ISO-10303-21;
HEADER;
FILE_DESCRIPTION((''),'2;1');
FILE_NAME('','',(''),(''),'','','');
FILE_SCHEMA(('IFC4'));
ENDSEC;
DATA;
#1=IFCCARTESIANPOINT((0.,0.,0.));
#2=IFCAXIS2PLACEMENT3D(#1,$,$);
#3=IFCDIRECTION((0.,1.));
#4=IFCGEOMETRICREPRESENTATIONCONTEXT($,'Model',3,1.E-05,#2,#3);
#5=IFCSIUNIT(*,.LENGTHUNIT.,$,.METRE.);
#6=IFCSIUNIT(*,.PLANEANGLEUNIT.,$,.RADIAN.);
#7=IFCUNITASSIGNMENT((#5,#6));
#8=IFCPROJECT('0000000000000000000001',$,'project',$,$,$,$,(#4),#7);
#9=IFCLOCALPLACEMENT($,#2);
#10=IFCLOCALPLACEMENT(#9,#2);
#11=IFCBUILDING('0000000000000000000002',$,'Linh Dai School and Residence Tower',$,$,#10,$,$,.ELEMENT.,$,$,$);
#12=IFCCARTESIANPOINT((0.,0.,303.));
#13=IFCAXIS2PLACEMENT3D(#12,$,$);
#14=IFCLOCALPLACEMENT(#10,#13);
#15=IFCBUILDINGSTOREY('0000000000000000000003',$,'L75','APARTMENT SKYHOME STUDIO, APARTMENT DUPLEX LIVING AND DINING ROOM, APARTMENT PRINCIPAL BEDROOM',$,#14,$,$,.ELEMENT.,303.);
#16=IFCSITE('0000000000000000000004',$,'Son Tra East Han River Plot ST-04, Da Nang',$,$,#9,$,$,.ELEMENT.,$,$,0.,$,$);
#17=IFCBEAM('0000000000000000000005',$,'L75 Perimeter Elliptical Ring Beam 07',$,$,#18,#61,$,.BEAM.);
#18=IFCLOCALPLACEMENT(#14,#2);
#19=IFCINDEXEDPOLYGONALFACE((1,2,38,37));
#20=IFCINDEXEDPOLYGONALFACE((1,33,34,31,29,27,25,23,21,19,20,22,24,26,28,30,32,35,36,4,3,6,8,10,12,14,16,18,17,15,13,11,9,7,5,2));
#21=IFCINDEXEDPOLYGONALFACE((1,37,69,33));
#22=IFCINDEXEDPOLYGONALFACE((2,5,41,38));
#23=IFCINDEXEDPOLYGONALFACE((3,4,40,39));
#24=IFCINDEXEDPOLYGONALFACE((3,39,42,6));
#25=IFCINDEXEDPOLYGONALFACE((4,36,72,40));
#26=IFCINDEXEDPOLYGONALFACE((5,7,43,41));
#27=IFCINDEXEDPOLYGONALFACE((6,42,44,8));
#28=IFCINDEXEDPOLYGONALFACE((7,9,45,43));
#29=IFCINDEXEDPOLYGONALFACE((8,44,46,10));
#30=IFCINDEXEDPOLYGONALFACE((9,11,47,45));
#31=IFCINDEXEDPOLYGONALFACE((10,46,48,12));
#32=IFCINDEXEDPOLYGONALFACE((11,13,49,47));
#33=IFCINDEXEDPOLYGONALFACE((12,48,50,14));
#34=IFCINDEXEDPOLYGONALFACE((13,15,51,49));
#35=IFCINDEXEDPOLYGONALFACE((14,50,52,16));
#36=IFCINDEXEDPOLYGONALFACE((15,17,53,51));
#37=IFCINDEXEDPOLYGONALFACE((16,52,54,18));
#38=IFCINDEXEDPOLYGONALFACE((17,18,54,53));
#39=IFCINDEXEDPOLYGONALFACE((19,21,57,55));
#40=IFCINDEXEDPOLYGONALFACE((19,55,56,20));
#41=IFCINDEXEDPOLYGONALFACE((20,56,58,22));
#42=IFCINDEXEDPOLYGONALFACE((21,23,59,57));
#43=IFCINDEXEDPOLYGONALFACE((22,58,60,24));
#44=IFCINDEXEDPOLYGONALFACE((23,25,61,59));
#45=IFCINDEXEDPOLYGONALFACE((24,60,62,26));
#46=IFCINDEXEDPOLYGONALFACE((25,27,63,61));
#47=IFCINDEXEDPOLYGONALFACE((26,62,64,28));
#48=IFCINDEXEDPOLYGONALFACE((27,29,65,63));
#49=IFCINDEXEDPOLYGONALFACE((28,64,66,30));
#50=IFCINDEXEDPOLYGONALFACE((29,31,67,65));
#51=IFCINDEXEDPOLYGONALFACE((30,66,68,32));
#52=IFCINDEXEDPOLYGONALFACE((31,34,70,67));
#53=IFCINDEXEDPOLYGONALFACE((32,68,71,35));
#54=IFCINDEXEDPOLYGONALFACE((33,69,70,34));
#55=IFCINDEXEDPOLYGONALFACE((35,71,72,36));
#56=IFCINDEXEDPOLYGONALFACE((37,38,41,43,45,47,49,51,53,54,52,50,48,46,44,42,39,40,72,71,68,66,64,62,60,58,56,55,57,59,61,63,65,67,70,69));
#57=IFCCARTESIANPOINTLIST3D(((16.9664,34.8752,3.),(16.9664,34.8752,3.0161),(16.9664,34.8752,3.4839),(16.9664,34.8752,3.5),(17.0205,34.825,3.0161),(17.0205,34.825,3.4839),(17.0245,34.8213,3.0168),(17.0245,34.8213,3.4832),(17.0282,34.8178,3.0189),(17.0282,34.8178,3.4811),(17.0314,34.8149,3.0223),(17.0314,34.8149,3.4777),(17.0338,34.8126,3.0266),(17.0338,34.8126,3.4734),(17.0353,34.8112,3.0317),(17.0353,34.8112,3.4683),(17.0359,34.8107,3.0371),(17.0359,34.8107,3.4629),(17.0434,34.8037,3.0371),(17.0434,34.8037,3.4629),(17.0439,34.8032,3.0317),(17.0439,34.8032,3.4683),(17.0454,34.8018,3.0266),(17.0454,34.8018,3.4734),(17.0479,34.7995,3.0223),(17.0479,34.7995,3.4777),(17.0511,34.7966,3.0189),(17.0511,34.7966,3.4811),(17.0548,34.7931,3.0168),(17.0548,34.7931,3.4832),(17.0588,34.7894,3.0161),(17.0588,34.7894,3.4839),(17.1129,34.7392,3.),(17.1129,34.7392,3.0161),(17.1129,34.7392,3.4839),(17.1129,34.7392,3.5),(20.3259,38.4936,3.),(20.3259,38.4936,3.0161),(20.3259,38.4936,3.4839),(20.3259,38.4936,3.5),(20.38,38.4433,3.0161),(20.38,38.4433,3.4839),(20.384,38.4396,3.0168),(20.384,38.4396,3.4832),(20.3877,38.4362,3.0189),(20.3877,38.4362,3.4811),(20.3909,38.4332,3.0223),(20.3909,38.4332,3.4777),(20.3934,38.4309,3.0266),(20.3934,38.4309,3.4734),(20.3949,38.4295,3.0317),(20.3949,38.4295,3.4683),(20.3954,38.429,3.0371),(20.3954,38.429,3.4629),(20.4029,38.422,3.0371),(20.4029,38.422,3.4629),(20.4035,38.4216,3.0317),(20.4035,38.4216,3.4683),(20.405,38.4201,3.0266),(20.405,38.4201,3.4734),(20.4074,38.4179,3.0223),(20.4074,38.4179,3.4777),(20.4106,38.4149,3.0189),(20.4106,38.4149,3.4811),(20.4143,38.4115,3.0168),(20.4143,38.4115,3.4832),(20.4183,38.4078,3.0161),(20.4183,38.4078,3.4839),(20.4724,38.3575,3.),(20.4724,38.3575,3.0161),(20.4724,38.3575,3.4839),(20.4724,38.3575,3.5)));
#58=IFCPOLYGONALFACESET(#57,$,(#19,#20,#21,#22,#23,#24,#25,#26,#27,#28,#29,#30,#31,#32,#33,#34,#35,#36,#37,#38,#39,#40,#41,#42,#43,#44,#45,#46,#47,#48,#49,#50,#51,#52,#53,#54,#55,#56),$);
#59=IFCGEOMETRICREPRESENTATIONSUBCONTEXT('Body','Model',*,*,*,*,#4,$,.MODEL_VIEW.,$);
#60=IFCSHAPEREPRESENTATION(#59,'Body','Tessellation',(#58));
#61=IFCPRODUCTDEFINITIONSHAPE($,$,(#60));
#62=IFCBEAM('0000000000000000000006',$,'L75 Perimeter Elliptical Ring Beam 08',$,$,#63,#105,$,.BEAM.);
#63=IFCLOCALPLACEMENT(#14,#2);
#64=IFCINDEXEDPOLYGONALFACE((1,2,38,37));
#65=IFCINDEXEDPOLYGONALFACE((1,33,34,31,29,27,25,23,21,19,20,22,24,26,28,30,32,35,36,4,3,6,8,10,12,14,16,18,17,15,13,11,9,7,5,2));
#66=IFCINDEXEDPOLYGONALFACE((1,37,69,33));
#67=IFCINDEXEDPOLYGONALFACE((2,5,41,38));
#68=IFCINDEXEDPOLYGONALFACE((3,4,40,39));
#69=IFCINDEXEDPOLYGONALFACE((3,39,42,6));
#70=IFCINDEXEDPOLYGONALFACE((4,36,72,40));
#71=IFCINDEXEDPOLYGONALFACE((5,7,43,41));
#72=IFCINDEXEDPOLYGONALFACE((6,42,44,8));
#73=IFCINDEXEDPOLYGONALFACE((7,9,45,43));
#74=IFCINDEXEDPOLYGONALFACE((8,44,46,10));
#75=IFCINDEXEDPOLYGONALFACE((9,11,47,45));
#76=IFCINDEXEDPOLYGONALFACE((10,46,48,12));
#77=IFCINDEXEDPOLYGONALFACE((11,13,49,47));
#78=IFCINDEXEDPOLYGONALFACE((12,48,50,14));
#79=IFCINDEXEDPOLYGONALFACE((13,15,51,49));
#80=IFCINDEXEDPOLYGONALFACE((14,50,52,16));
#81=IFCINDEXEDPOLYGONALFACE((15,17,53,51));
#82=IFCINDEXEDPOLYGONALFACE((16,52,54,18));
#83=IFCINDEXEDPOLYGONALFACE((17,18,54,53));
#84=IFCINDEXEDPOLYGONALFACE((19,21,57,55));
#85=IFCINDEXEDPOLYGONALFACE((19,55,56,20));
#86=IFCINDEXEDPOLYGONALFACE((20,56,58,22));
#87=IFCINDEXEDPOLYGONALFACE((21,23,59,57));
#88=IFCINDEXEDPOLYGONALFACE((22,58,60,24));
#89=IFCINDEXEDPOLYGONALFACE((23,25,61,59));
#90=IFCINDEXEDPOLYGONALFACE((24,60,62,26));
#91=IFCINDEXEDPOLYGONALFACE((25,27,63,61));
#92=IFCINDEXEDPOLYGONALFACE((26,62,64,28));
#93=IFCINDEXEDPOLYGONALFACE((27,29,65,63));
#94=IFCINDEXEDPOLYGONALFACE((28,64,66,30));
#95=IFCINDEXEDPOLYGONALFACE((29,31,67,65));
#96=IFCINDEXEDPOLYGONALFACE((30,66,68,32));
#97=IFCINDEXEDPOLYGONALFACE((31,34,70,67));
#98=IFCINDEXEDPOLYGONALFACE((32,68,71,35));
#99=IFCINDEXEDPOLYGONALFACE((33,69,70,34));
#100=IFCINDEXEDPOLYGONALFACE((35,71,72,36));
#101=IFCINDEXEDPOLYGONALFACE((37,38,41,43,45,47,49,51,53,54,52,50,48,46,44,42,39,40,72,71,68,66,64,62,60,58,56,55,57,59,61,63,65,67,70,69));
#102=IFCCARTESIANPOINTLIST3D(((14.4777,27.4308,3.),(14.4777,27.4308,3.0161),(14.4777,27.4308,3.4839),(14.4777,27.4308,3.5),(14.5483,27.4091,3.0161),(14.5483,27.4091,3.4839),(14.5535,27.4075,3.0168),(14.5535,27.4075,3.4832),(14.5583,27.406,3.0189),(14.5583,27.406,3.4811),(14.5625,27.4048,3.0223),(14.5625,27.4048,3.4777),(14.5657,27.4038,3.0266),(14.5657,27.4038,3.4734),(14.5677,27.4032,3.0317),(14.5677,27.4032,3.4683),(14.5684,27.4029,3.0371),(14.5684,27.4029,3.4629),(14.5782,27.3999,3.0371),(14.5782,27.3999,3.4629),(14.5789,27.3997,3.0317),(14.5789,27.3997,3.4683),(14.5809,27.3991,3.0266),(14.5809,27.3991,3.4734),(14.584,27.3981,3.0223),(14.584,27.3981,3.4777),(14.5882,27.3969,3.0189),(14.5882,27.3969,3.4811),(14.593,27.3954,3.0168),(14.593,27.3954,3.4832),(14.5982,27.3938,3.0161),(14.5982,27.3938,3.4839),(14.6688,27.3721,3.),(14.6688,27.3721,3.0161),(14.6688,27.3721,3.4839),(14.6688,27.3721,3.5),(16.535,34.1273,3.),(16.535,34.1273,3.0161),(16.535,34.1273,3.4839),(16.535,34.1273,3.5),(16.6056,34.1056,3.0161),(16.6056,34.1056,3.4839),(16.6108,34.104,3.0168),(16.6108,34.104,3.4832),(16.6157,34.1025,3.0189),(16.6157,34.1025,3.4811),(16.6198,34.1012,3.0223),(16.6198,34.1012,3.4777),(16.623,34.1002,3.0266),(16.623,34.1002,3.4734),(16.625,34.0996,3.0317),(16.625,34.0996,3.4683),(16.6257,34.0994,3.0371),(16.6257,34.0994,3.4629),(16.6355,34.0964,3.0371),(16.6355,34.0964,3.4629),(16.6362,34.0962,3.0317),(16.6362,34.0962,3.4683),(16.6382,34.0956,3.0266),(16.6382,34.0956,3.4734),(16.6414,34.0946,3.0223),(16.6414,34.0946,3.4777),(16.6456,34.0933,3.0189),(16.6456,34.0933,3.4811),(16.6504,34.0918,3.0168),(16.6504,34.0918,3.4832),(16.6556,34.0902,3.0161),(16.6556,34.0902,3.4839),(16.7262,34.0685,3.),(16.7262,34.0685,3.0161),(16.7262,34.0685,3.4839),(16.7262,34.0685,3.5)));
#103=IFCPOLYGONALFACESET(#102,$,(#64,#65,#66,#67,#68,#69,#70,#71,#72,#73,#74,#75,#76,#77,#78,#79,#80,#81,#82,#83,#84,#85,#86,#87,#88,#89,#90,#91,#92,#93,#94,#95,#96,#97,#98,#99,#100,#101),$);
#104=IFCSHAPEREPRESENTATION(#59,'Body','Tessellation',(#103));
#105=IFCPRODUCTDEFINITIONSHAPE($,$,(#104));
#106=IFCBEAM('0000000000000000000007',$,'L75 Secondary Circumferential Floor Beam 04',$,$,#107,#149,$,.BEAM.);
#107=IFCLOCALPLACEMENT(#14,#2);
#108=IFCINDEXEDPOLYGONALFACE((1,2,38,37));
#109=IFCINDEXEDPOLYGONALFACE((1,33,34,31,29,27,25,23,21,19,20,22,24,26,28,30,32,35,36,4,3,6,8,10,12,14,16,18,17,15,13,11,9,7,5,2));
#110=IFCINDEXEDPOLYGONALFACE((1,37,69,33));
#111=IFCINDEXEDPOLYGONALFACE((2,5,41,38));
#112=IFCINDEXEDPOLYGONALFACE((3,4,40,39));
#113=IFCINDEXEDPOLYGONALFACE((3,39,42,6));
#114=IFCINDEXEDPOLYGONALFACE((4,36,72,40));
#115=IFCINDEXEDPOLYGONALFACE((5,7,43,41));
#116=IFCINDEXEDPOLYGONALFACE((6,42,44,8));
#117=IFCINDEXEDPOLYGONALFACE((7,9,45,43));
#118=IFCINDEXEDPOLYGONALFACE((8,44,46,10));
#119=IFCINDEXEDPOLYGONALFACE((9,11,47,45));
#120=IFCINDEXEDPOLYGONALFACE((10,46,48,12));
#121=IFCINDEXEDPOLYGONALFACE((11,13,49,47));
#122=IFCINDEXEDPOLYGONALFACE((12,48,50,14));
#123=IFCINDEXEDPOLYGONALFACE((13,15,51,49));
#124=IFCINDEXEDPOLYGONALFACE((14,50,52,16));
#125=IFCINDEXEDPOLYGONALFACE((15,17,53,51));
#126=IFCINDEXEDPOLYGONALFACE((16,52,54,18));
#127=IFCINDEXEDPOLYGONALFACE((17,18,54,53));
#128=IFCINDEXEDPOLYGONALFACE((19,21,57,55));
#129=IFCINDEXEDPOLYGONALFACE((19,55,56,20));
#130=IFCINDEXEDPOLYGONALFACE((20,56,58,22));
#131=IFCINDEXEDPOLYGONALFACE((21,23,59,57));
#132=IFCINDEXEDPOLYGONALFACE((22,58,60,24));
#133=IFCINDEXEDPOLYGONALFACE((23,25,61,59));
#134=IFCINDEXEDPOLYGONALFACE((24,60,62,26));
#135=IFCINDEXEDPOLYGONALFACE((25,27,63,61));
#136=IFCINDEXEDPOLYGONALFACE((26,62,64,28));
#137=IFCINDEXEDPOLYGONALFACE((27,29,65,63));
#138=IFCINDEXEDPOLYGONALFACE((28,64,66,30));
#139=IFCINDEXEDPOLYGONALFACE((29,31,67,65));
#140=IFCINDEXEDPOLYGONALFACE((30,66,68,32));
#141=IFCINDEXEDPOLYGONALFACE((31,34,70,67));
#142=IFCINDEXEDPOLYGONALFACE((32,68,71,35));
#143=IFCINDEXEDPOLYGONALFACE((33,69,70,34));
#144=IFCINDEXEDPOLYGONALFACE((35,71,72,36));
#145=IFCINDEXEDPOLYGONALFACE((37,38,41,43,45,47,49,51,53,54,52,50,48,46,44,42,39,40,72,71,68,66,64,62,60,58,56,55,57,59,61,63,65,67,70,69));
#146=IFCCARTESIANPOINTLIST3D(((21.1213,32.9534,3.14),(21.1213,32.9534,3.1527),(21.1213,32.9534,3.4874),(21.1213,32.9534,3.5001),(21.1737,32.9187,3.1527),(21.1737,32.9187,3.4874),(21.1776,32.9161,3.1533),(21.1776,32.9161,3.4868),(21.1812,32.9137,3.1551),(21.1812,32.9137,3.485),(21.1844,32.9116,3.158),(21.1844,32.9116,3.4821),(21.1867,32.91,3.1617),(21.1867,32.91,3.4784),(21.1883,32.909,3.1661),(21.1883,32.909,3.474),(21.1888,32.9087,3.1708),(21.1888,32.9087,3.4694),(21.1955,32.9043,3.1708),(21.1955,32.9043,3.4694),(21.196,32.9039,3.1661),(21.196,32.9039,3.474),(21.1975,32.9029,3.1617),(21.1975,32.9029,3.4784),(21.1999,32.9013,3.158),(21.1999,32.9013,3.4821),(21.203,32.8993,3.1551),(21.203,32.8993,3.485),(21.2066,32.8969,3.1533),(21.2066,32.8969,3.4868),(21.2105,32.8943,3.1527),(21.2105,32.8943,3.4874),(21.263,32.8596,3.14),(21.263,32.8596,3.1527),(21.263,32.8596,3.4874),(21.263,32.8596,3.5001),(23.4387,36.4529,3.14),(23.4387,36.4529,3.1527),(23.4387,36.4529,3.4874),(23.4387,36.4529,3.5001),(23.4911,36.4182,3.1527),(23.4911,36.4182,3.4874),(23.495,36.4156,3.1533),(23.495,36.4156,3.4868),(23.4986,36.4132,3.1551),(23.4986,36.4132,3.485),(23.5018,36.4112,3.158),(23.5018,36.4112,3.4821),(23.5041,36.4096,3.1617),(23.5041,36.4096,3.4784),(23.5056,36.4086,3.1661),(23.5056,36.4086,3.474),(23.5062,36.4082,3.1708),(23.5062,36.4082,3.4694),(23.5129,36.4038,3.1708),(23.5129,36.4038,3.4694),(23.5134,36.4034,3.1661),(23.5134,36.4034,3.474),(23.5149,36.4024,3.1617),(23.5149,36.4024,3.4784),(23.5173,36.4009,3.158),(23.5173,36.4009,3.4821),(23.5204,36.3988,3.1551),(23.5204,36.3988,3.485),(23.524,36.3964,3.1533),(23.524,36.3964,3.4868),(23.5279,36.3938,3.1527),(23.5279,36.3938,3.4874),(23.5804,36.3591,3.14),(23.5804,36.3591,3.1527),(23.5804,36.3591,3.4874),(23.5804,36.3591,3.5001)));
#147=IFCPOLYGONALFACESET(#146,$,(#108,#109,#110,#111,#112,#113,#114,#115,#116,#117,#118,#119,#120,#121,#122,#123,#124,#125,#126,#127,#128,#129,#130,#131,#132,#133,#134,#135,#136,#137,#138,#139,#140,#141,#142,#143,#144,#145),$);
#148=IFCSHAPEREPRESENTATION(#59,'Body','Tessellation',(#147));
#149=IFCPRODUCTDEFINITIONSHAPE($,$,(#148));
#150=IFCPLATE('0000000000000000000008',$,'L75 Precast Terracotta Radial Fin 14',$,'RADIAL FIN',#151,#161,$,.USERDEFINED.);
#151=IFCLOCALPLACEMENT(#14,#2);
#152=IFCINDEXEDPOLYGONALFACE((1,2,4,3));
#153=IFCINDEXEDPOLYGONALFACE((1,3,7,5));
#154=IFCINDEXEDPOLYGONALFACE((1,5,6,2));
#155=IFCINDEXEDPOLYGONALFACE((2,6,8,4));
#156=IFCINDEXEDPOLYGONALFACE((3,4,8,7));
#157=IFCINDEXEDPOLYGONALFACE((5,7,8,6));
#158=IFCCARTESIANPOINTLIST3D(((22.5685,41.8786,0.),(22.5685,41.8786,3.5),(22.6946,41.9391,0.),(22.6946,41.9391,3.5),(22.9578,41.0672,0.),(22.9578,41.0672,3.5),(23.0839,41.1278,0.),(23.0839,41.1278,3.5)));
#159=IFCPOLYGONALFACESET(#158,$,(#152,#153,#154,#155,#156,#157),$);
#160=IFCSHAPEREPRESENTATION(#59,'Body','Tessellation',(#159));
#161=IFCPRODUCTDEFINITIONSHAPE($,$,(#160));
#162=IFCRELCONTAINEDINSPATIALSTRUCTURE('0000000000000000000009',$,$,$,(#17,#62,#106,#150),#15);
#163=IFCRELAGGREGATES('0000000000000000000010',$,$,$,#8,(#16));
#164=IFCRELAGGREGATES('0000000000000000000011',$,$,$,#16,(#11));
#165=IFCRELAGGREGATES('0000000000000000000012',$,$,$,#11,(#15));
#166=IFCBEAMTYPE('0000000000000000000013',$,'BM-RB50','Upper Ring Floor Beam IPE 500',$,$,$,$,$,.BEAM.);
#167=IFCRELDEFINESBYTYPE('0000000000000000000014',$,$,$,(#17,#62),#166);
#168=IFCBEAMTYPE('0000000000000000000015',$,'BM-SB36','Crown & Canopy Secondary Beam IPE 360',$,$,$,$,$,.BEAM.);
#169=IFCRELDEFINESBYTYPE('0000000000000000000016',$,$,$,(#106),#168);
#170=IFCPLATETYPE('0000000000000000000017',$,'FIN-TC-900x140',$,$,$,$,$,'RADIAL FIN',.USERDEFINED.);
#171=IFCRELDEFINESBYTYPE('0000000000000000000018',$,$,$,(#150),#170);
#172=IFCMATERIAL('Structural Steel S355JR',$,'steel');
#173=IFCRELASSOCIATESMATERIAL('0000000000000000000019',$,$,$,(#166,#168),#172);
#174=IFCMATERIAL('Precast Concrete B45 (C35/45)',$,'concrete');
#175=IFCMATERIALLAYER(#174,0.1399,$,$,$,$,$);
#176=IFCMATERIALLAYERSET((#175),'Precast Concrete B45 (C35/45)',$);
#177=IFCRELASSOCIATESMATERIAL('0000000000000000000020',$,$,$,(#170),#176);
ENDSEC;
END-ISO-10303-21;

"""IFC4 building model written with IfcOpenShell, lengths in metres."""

from ifc_helpers import new_model, si_unit, direction, frame, origin, origin_2d, place, context, subcontext, project, spatial, rectangle, i_section, extrude, source, transform, mapped, material, layer, layer_set, material_profile, profile_set, type_object, element, save


model = new_model("IFC4")

# Units and contexts
model_context = context("Model", 3, precision=1e-05, world=origin(), true_north=direction((0.0, 1.0)))
body_context = subcontext(model_context, "Body", "Model", "MODEL_VIEW")
ifc_project = project(units=[si_unit("LENGTHUNIT", "METRE"), si_unit("PLANEANGLEUNIT", "RADIAN")], contexts=[model_context])

# Site, building, storey
site_placement = place(None, origin())
site = spatial("IfcSite", under=ifc_project, at=site_placement, Name="Son Tra East Han River Plot ST-04, Da Nang", CompositionType="ELEMENT", RefElevation=0.0)
building_placement = place(site_placement, origin())
building = spatial("IfcBuilding", under=site, at=building_placement, Name="Linh Dai School and Residence Tower", CompositionType="ELEMENT")
storey_placement = place(building_placement, frame((0.0, 0.0, 303.0)))
storey = spatial("IfcBuildingStorey", under=building, at=storey_placement, Name="L75", Description="APARTMENT SKYHOME STUDIO, APARTMENT DUPLEX LIVING AND DINING ROOM, APARTMENT PRINCIPAL BEDROOM", CompositionType="ELEMENT", Elevation=303.0)

# Shared definitions
ifc_material_1 = material(Name="Structural Steel S355JR", Category="steel")

# Beams
ifc_material_profile_1 = material_profile(ifc_material_1, i_section(OverallWidth=0.2, OverallDepth=0.5, WebThickness=0.0103, FlangeThickness=0.0161, FilletRadius=0.021, at=origin_2d()), Name="IPE 500")
ifc_profile_set_1 = profile_set([ifc_material_profile_1], Name="Structural Steel S355JR")
beam_type_1 = type_object("IfcBeamType", Name="BM-RB50", Description="Upper Ring Floor Beam IPE 500", PredefinedType="BEAM", material=ifc_profile_set_1)
beam_1_placement = place(storey_placement, frame((20.3992, 38.4255, 3.25), z_axis=(-0.680415, -0.732827, 0.0), x_axis=(0.732827, -0.680415, 0.0)))
element("IfcBeam", 1, at=beam_1_placement, inside=storey, type_object=beam_type_1, Name="L75 Perimeter Elliptical Ring Beam 07", PredefinedType="BEAM", context=body_context, shape_type="SweptSolid", body=[
    extrude(i_section(OverallWidth=0.2, OverallDepth=0.5, WebThickness=0.0103, FlangeThickness=0.0161, FilletRadius=0.021, at=origin_2d()), origin(), (0.0, 0.0, 1.0), 4.9375),
])
beam_2_placement = place(storey_placement, frame((16.6306, 34.0979, 3.25), z_axis=(-0.293682, -0.955903, 0.0), x_axis=(0.955903, -0.293682, 0.0)))
element("IfcBeam", 2, at=beam_2_placement, inside=storey, type_object=beam_type_1, Name="L75 Perimeter Elliptical Ring Beam 08", PredefinedType="BEAM", context=body_context, shape_type="SweptSolid", body=[
    extrude(i_section(OverallWidth=0.2, OverallDepth=0.5, WebThickness=0.0103, FlangeThickness=0.0161, FilletRadius=0.021, at=origin_2d()), origin(), (0.0, 0.0, 1.0), 7.0054),
])
ifc_material_profile_2 = material_profile(ifc_material_1, i_section(OverallWidth=0.1699, OverallDepth=0.3601, WebThickness=0.0081, FlangeThickness=0.0127, FilletRadius=0.0181, at=origin_2d()), Name="IPE 360")
ifc_profile_set_2 = profile_set([ifc_material_profile_2], Name="Structural Steel S355JR")
beam_type_2 = type_object("IfcBeamType", Name="BM-SB36", Description="Crown & Canopy Secondary Beam IPE 360", PredefinedType="BEAM", material=ifc_profile_set_2)
beam_3_placement = place(storey_placement, frame((23.5095, 36.406, 3.3201), z_axis=(-0.55212, -0.833764, 0.0), x_axis=(0.833764, -0.55212, 0.0)))
element("IfcBeam", 3, at=beam_3_placement, inside=storey, type_object=beam_type_2, Name="L75 Secondary Circumferential Floor Beam 04", PredefinedType="BEAM", context=body_context, shape_type="SweptSolid", body=[
    extrude(i_section(OverallWidth=0.1699, OverallDepth=0.3601, WebThickness=0.0081, FlangeThickness=0.0127, FilletRadius=0.0181, at=origin_2d()), origin(), (0.0, 0.0, 1.0), 4.1973),
])

# Plate
ifc_material_2 = material(Name="Precast Concrete B45 (C35/45)", Category="concrete")
ifc_layer_1 = layer(ifc_material_2, 0.1399)
ifc_layer_set_1 = layer_set([ifc_layer_1], Name="Precast Concrete B45 (C35/45)")
plate_type = type_object("IfcPlateType", Name="FIN-TC-900x140", ElementType="RADIAL FIN", PredefinedType="USERDEFINED", material=ifc_layer_set_1)
shared_shape_1 = source(origin(), body_context, "Body", "SweptSolid", [
    extrude(rectangle(XDim=0.8999, YDim=0.1399, at=origin_2d()), origin(), (0.0, 0.0, 1.0), 3.5),
])
plate_placement = place(storey_placement, frame((22.8262, 41.5032, 0.0), z_axis=(0.0, 0.0, 1.0), x_axis=(-0.432612, 0.90158, 0.0)))
element("IfcPlate", 4, at=plate_placement, inside=storey, type_object=plate_type, Name="L75 Precast Terracotta Radial Fin 14", ObjectType="RADIAL FIN", PredefinedType="USERDEFINED", context=body_context, shape_type="MappedRepresentation", body=[
    mapped(shared_shape_1, transform((0.0, 0.0, 0.0), x_axis=(1.0, 0.0, 0.0), y_axis=(0.0, 1.0, 0.0), z_axis=(0.0, 0.0, 1.0), scale=1.0)),
])

save(model, "model.ifc")
